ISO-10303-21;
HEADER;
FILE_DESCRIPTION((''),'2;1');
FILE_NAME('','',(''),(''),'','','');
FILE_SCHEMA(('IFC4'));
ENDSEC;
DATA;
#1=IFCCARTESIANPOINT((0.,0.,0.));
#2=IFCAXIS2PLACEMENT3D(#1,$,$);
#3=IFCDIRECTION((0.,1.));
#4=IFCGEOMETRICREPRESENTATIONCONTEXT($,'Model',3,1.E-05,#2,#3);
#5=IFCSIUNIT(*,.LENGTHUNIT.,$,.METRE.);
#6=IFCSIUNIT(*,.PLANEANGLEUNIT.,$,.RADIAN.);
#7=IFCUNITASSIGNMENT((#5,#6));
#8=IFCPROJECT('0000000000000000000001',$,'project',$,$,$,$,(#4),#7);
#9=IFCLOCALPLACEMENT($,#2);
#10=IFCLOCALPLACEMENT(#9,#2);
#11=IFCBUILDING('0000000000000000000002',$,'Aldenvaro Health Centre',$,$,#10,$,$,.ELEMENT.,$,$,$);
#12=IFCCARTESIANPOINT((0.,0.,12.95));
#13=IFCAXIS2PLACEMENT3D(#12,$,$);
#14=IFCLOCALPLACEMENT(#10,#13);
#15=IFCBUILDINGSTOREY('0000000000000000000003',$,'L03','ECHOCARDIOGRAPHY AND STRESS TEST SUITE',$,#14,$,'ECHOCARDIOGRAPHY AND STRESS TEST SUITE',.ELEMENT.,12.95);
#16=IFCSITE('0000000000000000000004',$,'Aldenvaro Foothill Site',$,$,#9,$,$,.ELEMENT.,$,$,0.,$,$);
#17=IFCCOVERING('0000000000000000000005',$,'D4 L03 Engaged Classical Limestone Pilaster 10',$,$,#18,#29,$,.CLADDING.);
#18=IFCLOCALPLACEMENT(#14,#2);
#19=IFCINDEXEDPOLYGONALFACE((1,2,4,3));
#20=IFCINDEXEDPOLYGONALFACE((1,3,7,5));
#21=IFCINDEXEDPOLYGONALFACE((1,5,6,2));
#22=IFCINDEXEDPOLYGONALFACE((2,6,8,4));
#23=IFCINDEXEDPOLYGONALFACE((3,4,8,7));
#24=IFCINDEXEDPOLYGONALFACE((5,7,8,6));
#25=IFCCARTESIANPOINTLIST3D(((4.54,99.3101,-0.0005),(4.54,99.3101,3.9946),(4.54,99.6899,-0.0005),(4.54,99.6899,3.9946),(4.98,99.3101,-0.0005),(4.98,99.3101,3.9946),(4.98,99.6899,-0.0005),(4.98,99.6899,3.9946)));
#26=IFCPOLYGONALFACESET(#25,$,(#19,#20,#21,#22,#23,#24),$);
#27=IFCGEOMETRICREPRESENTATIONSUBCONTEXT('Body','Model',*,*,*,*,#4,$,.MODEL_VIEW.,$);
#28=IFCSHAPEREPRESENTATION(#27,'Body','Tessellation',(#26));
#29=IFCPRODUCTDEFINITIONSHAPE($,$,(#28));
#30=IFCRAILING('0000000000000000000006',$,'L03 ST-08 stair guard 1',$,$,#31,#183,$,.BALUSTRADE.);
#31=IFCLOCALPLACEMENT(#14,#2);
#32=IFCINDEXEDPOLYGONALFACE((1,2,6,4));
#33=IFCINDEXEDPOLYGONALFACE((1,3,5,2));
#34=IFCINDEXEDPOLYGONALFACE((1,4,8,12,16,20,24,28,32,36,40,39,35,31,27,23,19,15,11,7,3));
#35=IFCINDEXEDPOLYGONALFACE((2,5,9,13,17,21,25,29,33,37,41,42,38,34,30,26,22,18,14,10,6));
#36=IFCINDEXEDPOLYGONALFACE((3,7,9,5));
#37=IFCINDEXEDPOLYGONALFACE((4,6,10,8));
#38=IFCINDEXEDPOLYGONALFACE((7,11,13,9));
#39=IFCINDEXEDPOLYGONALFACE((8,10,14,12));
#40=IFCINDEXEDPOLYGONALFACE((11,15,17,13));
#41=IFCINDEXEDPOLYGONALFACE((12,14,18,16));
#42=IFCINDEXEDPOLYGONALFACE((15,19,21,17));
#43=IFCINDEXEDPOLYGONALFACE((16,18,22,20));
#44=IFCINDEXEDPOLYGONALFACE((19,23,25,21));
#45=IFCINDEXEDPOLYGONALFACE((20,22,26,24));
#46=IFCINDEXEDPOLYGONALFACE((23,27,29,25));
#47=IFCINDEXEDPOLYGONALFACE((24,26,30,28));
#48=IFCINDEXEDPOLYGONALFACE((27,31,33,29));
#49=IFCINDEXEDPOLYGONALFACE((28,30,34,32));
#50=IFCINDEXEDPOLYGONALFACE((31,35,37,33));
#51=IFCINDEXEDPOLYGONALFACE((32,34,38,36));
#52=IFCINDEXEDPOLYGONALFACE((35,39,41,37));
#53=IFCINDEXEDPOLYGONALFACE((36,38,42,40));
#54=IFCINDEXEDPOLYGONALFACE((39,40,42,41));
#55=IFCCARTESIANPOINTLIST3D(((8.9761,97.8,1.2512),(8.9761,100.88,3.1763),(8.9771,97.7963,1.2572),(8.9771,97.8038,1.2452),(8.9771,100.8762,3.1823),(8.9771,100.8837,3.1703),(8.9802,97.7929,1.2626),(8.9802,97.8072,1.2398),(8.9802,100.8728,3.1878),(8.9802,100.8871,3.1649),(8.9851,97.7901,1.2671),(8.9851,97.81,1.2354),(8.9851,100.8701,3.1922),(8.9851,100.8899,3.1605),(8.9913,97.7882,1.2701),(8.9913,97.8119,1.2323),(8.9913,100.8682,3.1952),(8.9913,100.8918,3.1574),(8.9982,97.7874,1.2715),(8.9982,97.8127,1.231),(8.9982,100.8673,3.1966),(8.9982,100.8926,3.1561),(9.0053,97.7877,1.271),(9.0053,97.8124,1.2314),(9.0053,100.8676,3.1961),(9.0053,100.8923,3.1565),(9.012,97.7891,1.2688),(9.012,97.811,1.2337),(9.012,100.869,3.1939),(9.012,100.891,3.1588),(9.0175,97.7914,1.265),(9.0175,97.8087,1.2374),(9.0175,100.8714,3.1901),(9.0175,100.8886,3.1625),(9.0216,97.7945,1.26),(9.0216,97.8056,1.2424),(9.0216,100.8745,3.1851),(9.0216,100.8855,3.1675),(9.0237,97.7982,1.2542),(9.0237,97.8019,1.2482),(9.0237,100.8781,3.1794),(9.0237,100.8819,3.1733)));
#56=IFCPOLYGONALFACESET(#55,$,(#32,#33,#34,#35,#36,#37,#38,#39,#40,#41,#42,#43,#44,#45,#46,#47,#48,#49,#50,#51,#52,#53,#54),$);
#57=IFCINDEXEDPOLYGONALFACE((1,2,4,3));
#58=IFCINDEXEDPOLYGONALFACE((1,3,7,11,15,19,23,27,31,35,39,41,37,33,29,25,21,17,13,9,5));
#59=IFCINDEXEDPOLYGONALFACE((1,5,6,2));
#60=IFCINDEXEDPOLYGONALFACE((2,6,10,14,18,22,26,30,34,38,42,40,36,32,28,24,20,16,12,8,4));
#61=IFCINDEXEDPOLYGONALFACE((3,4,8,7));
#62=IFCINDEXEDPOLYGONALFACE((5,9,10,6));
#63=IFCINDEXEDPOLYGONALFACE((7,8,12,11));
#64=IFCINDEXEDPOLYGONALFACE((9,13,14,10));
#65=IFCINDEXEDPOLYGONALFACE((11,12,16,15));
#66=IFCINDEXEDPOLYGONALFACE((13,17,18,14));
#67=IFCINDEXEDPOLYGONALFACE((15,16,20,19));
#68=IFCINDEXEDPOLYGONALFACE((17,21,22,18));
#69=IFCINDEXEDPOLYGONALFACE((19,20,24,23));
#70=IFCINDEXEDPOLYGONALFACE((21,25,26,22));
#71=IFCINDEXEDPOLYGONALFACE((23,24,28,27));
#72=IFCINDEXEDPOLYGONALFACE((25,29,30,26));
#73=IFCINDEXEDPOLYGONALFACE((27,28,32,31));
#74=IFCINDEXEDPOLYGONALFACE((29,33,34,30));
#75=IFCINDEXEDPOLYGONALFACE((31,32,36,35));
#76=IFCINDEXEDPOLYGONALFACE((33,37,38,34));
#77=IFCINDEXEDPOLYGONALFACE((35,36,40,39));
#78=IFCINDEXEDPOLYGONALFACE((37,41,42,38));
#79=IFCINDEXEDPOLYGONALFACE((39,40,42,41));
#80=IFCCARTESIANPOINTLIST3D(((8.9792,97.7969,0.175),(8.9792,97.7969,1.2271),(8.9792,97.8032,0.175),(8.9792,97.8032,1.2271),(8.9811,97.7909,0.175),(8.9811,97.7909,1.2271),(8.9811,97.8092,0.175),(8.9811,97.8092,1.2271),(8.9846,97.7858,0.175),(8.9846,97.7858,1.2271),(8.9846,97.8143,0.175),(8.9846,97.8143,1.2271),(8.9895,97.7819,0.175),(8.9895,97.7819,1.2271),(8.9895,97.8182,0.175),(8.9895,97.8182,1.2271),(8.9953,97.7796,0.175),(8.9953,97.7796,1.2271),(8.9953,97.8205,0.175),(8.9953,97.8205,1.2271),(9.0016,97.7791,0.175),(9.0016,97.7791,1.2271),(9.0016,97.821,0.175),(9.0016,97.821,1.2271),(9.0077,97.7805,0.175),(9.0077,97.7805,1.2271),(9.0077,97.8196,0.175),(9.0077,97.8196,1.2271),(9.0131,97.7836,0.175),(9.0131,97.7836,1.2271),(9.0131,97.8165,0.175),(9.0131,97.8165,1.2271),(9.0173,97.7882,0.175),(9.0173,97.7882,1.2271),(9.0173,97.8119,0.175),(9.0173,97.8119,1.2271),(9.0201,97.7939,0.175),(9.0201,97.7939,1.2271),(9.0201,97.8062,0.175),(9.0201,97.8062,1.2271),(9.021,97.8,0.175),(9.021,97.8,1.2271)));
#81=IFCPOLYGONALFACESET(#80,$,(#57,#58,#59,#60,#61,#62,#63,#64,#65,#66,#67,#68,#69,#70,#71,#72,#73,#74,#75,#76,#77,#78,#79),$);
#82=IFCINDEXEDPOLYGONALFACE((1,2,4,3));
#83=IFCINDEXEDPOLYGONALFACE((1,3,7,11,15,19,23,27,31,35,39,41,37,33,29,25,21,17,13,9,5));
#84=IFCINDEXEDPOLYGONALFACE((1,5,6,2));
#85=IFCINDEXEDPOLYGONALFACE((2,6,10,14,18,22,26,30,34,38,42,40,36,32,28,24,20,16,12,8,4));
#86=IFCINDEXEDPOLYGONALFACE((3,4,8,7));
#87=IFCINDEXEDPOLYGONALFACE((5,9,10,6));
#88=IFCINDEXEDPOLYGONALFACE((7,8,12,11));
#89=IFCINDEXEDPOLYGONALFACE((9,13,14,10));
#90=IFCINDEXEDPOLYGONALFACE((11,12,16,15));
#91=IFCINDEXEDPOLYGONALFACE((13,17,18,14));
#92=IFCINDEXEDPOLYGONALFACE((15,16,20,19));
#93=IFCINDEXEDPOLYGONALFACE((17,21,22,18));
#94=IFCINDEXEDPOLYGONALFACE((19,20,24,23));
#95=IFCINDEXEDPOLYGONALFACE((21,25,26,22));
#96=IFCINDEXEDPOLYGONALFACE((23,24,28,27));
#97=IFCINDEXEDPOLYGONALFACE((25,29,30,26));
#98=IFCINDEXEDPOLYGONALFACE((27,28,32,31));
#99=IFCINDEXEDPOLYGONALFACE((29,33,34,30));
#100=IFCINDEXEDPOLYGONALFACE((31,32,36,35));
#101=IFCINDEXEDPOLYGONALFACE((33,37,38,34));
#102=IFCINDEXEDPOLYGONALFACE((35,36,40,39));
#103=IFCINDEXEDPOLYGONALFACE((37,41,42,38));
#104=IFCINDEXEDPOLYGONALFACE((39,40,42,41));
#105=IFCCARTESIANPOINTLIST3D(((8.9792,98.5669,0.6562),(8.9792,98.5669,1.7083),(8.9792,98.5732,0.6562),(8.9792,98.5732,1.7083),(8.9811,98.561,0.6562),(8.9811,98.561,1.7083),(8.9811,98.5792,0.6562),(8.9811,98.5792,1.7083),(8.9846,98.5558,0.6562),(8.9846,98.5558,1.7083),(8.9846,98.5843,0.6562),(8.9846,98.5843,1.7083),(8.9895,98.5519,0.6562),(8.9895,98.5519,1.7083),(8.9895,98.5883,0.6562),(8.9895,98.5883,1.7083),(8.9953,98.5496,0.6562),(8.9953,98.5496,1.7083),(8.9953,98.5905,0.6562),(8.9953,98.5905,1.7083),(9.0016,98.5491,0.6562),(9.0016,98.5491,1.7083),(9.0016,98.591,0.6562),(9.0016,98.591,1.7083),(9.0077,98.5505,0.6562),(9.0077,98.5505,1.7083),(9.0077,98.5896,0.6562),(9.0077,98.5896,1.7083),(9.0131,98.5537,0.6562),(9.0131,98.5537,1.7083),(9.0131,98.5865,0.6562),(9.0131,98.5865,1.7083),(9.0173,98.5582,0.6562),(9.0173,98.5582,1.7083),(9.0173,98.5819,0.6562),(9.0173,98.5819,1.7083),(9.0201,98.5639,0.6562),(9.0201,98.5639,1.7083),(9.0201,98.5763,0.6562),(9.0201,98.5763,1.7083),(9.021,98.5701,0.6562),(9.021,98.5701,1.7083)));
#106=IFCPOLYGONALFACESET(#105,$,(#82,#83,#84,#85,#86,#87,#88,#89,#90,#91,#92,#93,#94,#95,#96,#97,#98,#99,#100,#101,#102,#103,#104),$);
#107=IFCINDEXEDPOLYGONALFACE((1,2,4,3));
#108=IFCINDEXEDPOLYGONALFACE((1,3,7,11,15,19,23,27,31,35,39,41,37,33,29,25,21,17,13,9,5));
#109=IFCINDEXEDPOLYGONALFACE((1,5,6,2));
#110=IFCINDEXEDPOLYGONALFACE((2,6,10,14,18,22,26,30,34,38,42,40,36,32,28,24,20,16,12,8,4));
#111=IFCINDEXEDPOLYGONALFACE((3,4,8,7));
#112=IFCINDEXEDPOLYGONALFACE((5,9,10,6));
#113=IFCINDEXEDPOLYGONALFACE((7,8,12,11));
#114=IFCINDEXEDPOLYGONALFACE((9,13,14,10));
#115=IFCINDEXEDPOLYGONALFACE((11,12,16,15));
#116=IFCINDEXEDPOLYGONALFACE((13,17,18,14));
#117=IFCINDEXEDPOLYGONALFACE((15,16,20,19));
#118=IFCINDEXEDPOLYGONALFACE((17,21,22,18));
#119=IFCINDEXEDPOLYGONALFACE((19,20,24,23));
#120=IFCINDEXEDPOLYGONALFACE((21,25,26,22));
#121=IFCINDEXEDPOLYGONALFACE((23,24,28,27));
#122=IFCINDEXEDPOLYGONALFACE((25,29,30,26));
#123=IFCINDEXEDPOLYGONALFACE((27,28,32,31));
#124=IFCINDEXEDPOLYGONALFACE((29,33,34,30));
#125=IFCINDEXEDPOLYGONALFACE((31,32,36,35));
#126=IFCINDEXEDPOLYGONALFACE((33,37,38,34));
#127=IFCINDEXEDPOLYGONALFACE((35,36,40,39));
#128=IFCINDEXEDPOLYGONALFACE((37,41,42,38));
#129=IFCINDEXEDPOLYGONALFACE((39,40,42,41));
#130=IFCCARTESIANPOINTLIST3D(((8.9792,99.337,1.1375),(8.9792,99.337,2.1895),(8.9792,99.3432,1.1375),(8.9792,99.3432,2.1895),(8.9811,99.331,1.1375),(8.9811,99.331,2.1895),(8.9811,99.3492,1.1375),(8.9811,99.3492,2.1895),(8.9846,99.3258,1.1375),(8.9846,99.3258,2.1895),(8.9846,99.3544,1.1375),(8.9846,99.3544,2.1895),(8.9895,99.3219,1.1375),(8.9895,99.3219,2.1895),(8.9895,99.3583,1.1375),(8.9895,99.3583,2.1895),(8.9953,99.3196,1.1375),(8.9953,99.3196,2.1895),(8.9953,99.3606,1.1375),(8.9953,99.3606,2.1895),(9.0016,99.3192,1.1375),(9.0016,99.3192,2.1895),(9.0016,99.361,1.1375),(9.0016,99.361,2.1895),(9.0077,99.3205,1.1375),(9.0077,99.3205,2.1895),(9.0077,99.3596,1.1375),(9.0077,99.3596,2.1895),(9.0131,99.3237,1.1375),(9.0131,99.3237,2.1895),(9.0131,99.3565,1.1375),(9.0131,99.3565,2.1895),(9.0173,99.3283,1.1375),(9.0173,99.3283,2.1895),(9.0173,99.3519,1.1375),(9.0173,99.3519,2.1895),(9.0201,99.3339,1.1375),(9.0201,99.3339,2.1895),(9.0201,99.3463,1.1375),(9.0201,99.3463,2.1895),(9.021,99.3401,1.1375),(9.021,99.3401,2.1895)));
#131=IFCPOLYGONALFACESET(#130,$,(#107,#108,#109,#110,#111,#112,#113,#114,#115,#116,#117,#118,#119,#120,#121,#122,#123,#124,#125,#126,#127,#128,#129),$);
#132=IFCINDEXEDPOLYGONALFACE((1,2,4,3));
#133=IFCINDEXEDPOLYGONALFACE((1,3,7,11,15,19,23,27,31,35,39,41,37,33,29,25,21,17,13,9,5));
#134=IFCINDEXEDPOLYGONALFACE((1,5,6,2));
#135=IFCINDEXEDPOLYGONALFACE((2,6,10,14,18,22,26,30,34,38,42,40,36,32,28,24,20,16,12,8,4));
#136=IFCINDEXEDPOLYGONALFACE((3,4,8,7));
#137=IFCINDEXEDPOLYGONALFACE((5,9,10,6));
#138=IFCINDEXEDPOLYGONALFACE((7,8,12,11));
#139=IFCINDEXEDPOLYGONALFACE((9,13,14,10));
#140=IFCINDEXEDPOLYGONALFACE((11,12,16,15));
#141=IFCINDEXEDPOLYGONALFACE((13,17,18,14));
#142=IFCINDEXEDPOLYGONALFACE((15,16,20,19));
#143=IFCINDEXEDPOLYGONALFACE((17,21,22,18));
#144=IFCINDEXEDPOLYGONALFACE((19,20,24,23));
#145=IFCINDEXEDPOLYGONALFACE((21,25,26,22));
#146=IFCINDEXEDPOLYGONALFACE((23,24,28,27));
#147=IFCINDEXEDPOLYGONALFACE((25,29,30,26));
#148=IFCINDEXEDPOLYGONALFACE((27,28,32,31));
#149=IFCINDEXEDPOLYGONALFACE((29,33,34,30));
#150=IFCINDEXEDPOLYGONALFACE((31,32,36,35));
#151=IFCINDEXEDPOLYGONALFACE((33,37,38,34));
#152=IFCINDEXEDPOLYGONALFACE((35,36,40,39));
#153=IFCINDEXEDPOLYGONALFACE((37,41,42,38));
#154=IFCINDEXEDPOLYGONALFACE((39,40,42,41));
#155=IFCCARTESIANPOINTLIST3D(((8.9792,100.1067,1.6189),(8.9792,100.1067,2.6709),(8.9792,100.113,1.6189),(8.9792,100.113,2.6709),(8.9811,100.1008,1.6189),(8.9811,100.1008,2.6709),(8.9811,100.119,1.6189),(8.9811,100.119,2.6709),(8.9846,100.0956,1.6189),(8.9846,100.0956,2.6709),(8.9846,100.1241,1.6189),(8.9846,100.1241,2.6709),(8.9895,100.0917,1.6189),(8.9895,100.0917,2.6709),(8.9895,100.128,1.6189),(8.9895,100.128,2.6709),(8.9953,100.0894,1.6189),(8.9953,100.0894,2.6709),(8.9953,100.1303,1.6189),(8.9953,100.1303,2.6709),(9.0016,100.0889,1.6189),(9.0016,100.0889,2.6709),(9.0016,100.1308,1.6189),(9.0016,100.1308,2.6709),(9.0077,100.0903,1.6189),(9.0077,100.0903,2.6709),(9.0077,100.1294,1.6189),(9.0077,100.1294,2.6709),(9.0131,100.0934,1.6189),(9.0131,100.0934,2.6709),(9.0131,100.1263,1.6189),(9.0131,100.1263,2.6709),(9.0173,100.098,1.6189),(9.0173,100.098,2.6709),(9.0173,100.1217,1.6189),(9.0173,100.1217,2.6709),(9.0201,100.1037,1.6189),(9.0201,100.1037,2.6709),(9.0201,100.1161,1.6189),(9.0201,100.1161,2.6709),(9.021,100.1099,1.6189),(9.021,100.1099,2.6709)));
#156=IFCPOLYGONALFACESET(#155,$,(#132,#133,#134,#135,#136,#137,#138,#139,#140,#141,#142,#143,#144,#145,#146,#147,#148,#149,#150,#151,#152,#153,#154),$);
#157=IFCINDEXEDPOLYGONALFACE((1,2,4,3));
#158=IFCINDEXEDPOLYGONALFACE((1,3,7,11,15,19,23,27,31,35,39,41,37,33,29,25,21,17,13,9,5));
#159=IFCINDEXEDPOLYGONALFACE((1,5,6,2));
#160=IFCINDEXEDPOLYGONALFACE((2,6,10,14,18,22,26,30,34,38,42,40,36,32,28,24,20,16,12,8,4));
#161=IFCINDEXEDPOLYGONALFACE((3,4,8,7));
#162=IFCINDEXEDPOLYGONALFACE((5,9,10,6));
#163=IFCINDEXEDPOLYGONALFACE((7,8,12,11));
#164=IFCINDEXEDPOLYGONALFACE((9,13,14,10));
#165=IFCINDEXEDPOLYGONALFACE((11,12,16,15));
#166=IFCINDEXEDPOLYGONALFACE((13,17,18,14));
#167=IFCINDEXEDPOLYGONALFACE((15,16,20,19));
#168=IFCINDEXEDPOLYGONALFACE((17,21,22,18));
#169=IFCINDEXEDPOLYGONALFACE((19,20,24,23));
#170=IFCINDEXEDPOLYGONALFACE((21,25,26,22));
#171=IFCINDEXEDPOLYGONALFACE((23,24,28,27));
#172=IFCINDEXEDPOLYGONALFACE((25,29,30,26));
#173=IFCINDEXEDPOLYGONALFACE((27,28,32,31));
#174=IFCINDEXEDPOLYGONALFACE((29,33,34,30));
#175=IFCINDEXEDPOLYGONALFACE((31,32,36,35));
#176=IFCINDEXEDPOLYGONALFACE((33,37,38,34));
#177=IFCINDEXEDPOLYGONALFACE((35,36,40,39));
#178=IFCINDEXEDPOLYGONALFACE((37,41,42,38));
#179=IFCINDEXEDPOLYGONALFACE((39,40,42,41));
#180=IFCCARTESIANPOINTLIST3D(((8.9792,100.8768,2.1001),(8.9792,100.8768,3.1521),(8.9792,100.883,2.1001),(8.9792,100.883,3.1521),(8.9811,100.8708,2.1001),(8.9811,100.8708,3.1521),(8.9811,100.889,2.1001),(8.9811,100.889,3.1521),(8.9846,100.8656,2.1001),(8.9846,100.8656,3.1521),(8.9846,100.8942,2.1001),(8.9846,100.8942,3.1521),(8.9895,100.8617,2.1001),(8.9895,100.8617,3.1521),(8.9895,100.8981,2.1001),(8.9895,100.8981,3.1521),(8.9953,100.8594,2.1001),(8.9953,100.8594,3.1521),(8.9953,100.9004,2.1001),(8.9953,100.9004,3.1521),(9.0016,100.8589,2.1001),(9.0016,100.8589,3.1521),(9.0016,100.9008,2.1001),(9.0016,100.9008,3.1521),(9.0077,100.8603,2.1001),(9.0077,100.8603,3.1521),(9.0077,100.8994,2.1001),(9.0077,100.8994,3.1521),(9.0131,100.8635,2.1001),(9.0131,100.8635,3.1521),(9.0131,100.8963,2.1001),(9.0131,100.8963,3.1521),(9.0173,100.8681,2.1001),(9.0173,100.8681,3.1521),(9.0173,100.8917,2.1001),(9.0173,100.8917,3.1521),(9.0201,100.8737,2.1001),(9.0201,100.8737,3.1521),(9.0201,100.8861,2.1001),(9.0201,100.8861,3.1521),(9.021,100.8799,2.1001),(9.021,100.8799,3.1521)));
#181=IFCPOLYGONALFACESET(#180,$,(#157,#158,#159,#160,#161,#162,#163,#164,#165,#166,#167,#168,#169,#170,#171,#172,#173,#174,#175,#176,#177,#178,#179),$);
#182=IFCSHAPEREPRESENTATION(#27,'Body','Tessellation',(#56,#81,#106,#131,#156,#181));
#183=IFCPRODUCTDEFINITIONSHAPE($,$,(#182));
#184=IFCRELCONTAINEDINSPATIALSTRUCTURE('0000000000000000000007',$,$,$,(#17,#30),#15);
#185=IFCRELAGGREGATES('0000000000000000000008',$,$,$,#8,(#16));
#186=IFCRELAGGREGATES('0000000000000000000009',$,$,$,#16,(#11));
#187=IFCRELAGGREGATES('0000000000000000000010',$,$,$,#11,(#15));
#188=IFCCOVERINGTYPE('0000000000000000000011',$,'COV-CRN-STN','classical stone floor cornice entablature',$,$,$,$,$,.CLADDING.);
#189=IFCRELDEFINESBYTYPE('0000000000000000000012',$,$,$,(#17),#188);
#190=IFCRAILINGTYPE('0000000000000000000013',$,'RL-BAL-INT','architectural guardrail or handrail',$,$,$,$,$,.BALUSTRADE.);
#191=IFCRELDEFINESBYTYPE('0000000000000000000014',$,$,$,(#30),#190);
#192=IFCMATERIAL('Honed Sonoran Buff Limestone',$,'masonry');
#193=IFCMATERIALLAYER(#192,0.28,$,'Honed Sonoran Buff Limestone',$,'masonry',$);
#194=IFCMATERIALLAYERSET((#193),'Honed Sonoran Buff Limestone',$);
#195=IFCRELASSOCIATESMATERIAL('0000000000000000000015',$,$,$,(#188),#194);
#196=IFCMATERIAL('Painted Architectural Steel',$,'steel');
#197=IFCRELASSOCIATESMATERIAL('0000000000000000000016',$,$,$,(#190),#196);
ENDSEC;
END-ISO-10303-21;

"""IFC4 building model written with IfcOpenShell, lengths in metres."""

from ifc_helpers import new_model, si_unit, direction, frame, origin, origin_2d, place, context, subcontext, project, spatial, rectangle, circle, extrude, material, layer, layer_set, type_object, element, save


model = new_model("IFC4")

# Units and contexts
model_context = context("Model", 3, precision=1e-05, world=origin(), true_north=direction((0.0, 1.0)))
body_context = subcontext(model_context, "Body", "Model", "MODEL_VIEW")
ifc_project = project(units=[si_unit("LENGTHUNIT", "METRE"), si_unit("PLANEANGLEUNIT", "RADIAN")], contexts=[model_context])

# Site, building, storey
site_placement = place(None, origin())
site = spatial("IfcSite", under=ifc_project, at=site_placement, Name="Aldenvaro Foothill Site", CompositionType="ELEMENT", RefElevation=0.0)
building_placement = place(site_placement, origin())
building = spatial("IfcBuilding", under=site, at=building_placement, Name="Aldenvaro Health Centre", CompositionType="ELEMENT")
storey_placement = place(building_placement, frame((0.0, 0.0, 12.95)))
storey = spatial("IfcBuildingStorey", under=building, at=storey_placement, Name="L03", Description="ECHOCARDIOGRAPHY AND STRESS TEST SUITE", LongName="ECHOCARDIOGRAPHY AND STRESS TEST SUITE", CompositionType="ELEMENT", Elevation=12.95)

# Covering
ifc_material_1 = material(Name="Honed Sonoran Buff Limestone", Category="masonry")
ifc_layer_1 = layer(ifc_material_1, 0.28, Name="Honed Sonoran Buff Limestone", Category="masonry")
ifc_layer_set_1 = layer_set([ifc_layer_1], Name="Honed Sonoran Buff Limestone")
covering_type = type_object("IfcCoveringType", Name="COV-CRN-STN", Description="classical stone floor cornice entablature", PredefinedType="CLADDING", material=ifc_layer_set_1)
covering_placement = place(storey_placement, frame((4.76, 99.5, -0.0005), z_axis=(0.0, 0.0, 1.0), x_axis=(-1.0, 0.0, 0.0)))
element("IfcCovering", 1, at=covering_placement, inside=storey, type_object=covering_type, Name="D4 L03 Engaged Classical Limestone Pilaster 10", PredefinedType="CLADDING", context=body_context, shape_type="SweptSolid", body=[
    extrude(rectangle(XDim=0.4399, YDim=0.3799, at=origin_2d()), origin(), (0.0, 0.0, 1.0), 3.9951),
])

# Railing
ifc_material_2 = material(Name="Painted Architectural Steel", Category="steel")
railing_type_1 = type_object("IfcRailingType", Name="RL-BAL-INT", Description="architectural guardrail or handrail", PredefinedType="BALUSTRADE", material=ifc_material_2)
railing_1_placement = place(storey_placement, frame((9.0, 97.8, 0.175)))
element("IfcRailing", 2, at=railing_1_placement, inside=storey, type_object=railing_type_1, Name="L03 ST-08 stair guard 1", PredefinedType="BALUSTRADE", context=body_context, shape_type="SweptSolid", body=[
    extrude(circle(Radius=0.0239, at=origin_2d()), frame((0.0, 0.0, 1.0762), z_axis=(0.0, 0.847979, 0.530029), x_axis=(-1.0, 0.0, 0.0)), (0.0, 0.0, 1.0), 3.6321),
    extrude(circle(Radius=0.021, at=origin_2d()), origin(), (0.0, 0.0, 1.0), 1.052),
    extrude(circle(Radius=0.021, at=origin_2d()), frame((0.0, 0.77, 0.4812)), (0.0, 0.0, 1.0), 1.052),
    extrude(circle(Radius=0.021, at=origin_2d()), frame((0.0, 1.54, 0.9624)), (0.0, 0.0, 1.0), 1.052),
    extrude(circle(Radius=0.021, at=origin_2d()), frame((0.0, 2.3098, 1.4438)), (0.0, 0.0, 1.0), 1.052),
    extrude(circle(Radius=0.021, at=origin_2d()), frame((0.0, 3.0798, 1.925)), (0.0, 0.0, 1.0), 1.052),
])

save(model, "model.ifc")
